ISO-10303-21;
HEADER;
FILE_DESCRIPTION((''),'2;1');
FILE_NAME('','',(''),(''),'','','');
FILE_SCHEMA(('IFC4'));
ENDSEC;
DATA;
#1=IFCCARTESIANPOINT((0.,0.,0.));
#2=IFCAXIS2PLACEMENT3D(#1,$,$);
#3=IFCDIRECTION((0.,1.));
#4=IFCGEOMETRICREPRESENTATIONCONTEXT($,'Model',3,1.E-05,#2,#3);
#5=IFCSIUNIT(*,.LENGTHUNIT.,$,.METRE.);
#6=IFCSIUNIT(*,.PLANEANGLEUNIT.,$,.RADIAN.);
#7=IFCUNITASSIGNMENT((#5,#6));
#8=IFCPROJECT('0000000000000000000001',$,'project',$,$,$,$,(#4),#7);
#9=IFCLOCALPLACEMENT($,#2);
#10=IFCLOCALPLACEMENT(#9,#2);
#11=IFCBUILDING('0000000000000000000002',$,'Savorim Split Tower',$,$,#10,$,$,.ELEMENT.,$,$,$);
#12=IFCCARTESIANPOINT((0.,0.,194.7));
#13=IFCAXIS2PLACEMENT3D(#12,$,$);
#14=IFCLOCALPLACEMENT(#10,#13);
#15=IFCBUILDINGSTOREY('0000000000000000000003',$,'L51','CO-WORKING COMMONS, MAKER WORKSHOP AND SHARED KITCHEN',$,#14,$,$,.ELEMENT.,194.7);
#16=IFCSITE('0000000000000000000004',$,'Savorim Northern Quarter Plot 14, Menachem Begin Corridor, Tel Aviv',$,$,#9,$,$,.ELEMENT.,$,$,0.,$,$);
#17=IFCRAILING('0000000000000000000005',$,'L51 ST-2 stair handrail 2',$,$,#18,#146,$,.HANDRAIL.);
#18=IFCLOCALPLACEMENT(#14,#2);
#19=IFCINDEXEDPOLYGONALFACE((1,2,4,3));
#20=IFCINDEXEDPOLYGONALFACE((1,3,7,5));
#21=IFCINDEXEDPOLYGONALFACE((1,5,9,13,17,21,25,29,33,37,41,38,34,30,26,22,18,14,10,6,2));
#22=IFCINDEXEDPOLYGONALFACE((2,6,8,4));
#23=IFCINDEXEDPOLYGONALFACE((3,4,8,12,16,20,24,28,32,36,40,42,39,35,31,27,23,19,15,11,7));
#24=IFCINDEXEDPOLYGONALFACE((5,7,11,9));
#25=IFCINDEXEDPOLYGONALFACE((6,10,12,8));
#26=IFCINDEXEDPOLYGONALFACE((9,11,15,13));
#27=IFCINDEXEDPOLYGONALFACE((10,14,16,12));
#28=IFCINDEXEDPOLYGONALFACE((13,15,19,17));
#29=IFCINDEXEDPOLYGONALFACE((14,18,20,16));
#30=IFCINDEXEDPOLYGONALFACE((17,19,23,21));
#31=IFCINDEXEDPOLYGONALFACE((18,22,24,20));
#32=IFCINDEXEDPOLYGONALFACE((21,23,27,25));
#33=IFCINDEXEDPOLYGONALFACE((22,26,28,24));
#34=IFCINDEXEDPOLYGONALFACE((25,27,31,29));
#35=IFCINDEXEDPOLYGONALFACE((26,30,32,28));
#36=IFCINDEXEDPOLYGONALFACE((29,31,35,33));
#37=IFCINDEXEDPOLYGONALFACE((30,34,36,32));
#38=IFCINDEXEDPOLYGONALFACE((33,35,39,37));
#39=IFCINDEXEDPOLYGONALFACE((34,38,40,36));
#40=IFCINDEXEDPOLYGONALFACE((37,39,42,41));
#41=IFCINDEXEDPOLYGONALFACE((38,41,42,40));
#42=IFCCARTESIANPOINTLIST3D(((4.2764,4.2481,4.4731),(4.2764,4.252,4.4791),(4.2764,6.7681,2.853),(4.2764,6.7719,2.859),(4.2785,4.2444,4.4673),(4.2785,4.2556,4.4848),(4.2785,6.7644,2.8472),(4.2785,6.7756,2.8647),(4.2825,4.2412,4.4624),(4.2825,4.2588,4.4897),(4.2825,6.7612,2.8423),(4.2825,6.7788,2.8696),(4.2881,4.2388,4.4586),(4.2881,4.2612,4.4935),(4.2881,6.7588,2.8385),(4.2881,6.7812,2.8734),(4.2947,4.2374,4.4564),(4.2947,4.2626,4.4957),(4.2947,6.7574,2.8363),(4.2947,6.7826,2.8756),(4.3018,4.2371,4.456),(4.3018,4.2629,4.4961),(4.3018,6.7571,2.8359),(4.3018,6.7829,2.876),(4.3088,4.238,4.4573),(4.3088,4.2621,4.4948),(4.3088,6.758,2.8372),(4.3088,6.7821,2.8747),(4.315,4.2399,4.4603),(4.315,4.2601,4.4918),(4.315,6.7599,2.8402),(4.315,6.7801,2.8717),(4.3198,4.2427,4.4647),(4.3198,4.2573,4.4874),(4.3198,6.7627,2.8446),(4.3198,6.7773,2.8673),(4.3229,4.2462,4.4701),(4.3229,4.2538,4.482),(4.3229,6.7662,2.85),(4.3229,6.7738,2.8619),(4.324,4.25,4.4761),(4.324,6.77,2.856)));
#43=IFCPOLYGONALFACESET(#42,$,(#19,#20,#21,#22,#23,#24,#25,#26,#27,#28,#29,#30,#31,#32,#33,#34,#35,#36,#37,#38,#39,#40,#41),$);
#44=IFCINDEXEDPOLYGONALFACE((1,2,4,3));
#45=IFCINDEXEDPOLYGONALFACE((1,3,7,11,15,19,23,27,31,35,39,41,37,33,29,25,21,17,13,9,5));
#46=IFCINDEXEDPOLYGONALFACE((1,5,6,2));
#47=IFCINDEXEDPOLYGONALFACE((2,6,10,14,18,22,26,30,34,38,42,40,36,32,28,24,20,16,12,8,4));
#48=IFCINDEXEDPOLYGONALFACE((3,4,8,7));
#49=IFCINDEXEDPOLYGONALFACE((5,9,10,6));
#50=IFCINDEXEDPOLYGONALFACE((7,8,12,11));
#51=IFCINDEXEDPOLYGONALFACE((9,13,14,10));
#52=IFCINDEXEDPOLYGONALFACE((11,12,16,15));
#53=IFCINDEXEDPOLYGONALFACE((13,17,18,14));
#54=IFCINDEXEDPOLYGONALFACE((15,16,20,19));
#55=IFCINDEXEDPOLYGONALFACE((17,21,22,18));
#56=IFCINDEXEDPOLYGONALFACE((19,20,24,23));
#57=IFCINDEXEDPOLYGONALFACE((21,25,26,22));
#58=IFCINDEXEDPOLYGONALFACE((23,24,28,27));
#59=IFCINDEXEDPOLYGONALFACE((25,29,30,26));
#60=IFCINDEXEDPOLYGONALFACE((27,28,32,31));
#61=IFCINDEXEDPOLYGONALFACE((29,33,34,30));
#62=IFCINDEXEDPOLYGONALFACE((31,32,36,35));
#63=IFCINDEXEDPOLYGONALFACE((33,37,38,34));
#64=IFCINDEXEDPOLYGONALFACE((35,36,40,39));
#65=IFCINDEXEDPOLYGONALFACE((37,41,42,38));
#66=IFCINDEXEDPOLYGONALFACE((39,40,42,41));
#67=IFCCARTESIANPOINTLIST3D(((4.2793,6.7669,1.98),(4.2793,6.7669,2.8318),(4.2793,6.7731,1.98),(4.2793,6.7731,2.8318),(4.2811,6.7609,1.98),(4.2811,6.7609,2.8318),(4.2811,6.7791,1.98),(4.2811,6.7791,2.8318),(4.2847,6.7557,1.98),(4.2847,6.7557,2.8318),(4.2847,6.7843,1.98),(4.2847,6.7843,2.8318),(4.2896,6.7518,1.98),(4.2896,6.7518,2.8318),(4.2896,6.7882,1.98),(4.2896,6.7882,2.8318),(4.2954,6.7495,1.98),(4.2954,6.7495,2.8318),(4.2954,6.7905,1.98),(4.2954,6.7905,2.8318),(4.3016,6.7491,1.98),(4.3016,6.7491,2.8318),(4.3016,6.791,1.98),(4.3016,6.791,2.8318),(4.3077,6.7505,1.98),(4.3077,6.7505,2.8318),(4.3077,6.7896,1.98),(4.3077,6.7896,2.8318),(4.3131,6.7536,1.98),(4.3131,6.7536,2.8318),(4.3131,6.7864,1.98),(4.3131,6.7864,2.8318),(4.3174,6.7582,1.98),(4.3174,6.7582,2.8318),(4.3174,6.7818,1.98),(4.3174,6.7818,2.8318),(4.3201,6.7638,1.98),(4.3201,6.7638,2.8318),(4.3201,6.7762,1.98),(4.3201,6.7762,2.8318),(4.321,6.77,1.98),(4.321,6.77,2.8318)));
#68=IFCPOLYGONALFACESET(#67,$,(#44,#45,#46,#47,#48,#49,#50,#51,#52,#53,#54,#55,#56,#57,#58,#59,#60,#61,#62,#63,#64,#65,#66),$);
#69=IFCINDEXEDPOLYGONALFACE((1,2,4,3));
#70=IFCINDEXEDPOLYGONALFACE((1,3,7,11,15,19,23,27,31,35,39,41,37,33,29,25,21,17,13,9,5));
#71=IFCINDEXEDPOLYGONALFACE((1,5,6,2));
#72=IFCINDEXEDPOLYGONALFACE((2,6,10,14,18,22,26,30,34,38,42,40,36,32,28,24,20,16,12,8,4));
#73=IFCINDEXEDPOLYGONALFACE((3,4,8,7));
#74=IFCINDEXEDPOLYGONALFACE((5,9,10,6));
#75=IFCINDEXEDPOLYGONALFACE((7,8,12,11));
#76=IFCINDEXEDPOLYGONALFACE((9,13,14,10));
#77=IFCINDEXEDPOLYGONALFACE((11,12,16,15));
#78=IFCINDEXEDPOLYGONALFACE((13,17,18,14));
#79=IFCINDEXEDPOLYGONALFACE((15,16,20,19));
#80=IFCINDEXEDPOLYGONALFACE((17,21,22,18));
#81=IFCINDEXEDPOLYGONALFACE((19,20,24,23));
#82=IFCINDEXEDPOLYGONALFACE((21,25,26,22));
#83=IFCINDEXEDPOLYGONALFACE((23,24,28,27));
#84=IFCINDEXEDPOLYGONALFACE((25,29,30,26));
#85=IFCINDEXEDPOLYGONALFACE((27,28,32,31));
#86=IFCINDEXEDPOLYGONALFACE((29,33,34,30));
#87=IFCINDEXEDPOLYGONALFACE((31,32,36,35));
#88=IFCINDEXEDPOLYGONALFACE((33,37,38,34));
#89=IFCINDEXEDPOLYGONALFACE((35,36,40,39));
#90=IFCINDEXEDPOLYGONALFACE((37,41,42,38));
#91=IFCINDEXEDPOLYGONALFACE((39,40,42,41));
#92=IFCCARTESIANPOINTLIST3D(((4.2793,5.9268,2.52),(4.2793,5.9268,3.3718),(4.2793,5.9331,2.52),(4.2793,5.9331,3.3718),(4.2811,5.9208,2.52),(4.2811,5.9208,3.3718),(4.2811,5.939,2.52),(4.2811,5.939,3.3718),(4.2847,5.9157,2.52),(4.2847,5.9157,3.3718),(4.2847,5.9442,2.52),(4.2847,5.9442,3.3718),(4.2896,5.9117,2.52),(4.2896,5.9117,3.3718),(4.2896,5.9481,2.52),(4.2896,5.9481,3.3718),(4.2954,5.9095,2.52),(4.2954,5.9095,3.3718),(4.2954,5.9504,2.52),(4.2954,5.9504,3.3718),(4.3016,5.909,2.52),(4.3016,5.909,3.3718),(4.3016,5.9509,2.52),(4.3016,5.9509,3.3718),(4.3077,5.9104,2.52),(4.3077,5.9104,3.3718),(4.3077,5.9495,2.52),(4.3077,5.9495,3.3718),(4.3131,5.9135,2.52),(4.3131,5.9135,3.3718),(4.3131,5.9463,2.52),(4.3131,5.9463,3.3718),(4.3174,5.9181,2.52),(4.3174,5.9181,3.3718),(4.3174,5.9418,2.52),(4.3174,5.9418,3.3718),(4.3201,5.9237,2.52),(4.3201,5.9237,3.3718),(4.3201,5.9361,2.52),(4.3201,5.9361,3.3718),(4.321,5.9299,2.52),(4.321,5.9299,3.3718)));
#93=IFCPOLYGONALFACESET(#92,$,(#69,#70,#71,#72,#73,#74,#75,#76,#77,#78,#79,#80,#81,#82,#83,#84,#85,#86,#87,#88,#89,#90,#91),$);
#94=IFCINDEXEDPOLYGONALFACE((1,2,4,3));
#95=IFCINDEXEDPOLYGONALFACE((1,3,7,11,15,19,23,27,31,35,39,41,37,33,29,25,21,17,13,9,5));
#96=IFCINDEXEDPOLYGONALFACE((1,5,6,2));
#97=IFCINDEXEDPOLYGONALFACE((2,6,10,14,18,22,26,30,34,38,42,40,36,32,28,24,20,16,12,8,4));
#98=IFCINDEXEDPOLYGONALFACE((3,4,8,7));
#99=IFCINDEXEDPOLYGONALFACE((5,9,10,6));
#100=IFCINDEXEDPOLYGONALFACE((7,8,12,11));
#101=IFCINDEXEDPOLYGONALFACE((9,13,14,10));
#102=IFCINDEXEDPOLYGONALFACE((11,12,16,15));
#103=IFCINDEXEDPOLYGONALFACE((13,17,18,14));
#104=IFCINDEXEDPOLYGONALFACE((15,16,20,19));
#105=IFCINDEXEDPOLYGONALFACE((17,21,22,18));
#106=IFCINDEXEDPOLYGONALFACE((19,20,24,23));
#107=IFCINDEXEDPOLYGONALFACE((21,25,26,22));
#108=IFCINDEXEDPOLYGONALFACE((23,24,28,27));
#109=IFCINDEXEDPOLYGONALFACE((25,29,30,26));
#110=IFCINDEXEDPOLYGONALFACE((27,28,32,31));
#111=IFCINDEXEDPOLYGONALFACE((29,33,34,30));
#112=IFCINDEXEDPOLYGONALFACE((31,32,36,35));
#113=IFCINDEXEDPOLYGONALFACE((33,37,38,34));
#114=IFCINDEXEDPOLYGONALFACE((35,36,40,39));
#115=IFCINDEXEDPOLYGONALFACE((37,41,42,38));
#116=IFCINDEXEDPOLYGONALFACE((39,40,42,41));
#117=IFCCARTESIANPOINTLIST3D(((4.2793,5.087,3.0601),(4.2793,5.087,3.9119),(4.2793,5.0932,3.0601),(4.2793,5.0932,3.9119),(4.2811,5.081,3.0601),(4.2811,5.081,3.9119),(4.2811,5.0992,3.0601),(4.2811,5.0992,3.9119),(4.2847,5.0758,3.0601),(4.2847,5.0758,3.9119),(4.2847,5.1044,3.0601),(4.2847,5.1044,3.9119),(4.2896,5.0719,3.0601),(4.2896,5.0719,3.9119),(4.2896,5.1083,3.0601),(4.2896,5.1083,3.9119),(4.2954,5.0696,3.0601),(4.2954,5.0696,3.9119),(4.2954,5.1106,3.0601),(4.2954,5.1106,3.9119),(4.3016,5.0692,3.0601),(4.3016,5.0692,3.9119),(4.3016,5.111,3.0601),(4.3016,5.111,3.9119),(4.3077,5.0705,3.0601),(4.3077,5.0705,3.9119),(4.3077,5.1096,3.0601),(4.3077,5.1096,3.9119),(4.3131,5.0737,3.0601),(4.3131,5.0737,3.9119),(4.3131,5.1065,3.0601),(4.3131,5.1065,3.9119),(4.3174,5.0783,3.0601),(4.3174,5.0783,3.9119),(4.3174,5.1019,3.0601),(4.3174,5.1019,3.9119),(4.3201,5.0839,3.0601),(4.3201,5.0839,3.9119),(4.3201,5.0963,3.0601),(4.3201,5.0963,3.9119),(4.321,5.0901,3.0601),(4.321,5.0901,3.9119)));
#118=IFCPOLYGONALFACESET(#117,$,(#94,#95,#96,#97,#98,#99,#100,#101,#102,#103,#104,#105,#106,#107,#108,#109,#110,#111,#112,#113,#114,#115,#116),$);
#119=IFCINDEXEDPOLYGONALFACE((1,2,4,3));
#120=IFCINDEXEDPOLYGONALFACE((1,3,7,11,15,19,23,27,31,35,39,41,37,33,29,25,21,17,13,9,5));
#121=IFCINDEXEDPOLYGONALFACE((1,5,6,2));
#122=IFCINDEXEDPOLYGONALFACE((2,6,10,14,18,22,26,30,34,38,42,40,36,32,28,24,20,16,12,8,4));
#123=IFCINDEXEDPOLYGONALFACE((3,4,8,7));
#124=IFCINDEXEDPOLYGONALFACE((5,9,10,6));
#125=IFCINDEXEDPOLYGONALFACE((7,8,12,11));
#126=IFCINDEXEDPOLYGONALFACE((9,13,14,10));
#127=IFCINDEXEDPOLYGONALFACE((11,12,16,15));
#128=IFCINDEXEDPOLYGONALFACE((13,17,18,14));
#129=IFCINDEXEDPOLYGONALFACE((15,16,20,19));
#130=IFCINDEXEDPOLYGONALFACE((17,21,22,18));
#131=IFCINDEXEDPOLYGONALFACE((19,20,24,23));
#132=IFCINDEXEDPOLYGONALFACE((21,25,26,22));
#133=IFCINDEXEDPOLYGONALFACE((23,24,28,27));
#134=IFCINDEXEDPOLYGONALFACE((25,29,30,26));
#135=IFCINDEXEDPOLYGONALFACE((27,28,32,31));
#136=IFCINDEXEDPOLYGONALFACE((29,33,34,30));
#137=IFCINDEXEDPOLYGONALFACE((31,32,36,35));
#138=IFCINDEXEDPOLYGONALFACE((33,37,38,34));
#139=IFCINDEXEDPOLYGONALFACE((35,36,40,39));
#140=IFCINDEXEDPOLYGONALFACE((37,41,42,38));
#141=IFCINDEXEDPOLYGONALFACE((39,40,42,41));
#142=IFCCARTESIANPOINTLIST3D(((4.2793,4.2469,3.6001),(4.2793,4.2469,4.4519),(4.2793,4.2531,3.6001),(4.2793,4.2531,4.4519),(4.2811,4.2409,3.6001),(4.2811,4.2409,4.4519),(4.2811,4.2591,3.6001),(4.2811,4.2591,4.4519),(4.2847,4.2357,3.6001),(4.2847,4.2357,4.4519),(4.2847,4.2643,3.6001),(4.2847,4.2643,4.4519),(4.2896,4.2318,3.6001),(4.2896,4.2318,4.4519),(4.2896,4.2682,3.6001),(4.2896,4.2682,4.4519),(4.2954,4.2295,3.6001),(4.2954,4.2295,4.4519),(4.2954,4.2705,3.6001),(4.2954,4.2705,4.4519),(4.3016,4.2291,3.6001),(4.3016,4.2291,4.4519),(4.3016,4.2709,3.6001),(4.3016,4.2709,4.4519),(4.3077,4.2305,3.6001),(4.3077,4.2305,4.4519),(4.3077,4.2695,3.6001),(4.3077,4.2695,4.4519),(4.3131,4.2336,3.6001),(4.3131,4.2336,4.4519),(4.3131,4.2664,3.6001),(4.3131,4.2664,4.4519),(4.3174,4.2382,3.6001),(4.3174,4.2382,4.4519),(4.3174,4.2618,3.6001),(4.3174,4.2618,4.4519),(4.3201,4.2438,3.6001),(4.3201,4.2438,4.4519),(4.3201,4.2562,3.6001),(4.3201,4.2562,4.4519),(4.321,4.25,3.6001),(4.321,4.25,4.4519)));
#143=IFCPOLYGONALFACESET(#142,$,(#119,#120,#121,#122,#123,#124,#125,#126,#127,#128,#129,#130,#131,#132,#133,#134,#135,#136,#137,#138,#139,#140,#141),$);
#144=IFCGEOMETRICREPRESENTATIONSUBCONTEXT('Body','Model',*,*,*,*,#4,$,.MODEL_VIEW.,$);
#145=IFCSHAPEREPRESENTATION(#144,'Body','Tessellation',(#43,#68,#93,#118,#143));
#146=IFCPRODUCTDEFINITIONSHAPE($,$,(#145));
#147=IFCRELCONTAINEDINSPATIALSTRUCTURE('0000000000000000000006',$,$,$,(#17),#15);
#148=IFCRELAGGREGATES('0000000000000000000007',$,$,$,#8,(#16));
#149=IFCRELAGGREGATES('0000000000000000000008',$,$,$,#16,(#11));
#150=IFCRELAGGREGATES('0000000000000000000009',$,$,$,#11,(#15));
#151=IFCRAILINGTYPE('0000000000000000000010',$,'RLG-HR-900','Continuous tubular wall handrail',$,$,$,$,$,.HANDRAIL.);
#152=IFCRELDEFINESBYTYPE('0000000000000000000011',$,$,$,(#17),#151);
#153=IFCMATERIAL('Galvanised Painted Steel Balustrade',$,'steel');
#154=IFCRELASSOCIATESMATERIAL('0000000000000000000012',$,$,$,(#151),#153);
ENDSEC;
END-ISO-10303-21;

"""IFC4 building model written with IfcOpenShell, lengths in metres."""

from ifc_helpers import new_model, si_unit, direction, frame, origin, origin_2d, place, context, subcontext, project, spatial, circle, extrude, material, type_object, element, save


model = new_model("IFC4")

# Units and contexts
model_context = context("Model", 3, precision=1e-05, world=origin(), true_north=direction((0.0, 1.0)))
body_context = subcontext(model_context, "Body", "Model", "MODEL_VIEW")
ifc_project = project(units=[si_unit("LENGTHUNIT", "METRE"), si_unit("PLANEANGLEUNIT", "RADIAN")], contexts=[model_context])

# Site, building, storey
site_placement = place(None, origin())
site = spatial("IfcSite", under=ifc_project, at=site_placement, Name="Savorim Northern Quarter Plot 14, Menachem Begin Corridor, Tel Aviv", CompositionType="ELEMENT", RefElevation=0.0)
building_placement = place(site_placement, origin())
building = spatial("IfcBuilding", under=site, at=building_placement, Name="Savorim Split Tower", CompositionType="ELEMENT")
storey_placement = place(building_placement, frame((0.0, 0.0, 194.7)))
storey = spatial("IfcBuildingStorey", under=building, at=storey_placement, Name="L51", Description="CO-WORKING COMMONS, MAKER WORKSHOP AND SHARED KITCHEN", CompositionType="ELEMENT", Elevation=194.7)

# Railing
ifc_material_1 = material(Name="Galvanised Painted Steel Balustrade", Category="steel")
railing_type_1 = type_object("IfcRailingType", Name="RLG-HR-900", Description="Continuous tubular wall handrail", PredefinedType="HANDRAIL", material=ifc_material_1)
railing_1_placement = place(storey_placement, frame((4.3, 6.77, 1.98)))
element("IfcRailing", 1, at=railing_1_placement, inside=storey, type_object=railing_type_1, Name="L51 ST-2 stair handrail 2", PredefinedType="HANDRAIL", context=body_context, shape_type="SweptSolid", body=[
    extrude(circle(Radius=0.0239, at=origin_2d()), frame((0.0, 0.0, 0.876), z_axis=(0.0, -0.841163, 0.540782), x_axis=(1.0, 0.0, 0.0)), (0.0, 0.0, 1.0), 2.9958),
    extrude(circle(Radius=0.021, at=origin_2d()), origin(), (0.0, 0.0, 1.0), 0.8518),
    extrude(circle(Radius=0.021, at=origin_2d()), frame((0.0, -0.8401, 0.54)), (0.0, 0.0, 1.0), 0.8518),
    extrude(circle(Radius=0.021, at=origin_2d()), frame((0.0, -1.6799, 1.0801)), (0.0, 0.0, 1.0), 0.8518),
    extrude(circle(Radius=0.021, at=origin_2d()), frame((0.0, -2.52, 1.6201)), (0.0, 0.0, 1.0), 0.8518),
])

save(model, "model.ifc")
